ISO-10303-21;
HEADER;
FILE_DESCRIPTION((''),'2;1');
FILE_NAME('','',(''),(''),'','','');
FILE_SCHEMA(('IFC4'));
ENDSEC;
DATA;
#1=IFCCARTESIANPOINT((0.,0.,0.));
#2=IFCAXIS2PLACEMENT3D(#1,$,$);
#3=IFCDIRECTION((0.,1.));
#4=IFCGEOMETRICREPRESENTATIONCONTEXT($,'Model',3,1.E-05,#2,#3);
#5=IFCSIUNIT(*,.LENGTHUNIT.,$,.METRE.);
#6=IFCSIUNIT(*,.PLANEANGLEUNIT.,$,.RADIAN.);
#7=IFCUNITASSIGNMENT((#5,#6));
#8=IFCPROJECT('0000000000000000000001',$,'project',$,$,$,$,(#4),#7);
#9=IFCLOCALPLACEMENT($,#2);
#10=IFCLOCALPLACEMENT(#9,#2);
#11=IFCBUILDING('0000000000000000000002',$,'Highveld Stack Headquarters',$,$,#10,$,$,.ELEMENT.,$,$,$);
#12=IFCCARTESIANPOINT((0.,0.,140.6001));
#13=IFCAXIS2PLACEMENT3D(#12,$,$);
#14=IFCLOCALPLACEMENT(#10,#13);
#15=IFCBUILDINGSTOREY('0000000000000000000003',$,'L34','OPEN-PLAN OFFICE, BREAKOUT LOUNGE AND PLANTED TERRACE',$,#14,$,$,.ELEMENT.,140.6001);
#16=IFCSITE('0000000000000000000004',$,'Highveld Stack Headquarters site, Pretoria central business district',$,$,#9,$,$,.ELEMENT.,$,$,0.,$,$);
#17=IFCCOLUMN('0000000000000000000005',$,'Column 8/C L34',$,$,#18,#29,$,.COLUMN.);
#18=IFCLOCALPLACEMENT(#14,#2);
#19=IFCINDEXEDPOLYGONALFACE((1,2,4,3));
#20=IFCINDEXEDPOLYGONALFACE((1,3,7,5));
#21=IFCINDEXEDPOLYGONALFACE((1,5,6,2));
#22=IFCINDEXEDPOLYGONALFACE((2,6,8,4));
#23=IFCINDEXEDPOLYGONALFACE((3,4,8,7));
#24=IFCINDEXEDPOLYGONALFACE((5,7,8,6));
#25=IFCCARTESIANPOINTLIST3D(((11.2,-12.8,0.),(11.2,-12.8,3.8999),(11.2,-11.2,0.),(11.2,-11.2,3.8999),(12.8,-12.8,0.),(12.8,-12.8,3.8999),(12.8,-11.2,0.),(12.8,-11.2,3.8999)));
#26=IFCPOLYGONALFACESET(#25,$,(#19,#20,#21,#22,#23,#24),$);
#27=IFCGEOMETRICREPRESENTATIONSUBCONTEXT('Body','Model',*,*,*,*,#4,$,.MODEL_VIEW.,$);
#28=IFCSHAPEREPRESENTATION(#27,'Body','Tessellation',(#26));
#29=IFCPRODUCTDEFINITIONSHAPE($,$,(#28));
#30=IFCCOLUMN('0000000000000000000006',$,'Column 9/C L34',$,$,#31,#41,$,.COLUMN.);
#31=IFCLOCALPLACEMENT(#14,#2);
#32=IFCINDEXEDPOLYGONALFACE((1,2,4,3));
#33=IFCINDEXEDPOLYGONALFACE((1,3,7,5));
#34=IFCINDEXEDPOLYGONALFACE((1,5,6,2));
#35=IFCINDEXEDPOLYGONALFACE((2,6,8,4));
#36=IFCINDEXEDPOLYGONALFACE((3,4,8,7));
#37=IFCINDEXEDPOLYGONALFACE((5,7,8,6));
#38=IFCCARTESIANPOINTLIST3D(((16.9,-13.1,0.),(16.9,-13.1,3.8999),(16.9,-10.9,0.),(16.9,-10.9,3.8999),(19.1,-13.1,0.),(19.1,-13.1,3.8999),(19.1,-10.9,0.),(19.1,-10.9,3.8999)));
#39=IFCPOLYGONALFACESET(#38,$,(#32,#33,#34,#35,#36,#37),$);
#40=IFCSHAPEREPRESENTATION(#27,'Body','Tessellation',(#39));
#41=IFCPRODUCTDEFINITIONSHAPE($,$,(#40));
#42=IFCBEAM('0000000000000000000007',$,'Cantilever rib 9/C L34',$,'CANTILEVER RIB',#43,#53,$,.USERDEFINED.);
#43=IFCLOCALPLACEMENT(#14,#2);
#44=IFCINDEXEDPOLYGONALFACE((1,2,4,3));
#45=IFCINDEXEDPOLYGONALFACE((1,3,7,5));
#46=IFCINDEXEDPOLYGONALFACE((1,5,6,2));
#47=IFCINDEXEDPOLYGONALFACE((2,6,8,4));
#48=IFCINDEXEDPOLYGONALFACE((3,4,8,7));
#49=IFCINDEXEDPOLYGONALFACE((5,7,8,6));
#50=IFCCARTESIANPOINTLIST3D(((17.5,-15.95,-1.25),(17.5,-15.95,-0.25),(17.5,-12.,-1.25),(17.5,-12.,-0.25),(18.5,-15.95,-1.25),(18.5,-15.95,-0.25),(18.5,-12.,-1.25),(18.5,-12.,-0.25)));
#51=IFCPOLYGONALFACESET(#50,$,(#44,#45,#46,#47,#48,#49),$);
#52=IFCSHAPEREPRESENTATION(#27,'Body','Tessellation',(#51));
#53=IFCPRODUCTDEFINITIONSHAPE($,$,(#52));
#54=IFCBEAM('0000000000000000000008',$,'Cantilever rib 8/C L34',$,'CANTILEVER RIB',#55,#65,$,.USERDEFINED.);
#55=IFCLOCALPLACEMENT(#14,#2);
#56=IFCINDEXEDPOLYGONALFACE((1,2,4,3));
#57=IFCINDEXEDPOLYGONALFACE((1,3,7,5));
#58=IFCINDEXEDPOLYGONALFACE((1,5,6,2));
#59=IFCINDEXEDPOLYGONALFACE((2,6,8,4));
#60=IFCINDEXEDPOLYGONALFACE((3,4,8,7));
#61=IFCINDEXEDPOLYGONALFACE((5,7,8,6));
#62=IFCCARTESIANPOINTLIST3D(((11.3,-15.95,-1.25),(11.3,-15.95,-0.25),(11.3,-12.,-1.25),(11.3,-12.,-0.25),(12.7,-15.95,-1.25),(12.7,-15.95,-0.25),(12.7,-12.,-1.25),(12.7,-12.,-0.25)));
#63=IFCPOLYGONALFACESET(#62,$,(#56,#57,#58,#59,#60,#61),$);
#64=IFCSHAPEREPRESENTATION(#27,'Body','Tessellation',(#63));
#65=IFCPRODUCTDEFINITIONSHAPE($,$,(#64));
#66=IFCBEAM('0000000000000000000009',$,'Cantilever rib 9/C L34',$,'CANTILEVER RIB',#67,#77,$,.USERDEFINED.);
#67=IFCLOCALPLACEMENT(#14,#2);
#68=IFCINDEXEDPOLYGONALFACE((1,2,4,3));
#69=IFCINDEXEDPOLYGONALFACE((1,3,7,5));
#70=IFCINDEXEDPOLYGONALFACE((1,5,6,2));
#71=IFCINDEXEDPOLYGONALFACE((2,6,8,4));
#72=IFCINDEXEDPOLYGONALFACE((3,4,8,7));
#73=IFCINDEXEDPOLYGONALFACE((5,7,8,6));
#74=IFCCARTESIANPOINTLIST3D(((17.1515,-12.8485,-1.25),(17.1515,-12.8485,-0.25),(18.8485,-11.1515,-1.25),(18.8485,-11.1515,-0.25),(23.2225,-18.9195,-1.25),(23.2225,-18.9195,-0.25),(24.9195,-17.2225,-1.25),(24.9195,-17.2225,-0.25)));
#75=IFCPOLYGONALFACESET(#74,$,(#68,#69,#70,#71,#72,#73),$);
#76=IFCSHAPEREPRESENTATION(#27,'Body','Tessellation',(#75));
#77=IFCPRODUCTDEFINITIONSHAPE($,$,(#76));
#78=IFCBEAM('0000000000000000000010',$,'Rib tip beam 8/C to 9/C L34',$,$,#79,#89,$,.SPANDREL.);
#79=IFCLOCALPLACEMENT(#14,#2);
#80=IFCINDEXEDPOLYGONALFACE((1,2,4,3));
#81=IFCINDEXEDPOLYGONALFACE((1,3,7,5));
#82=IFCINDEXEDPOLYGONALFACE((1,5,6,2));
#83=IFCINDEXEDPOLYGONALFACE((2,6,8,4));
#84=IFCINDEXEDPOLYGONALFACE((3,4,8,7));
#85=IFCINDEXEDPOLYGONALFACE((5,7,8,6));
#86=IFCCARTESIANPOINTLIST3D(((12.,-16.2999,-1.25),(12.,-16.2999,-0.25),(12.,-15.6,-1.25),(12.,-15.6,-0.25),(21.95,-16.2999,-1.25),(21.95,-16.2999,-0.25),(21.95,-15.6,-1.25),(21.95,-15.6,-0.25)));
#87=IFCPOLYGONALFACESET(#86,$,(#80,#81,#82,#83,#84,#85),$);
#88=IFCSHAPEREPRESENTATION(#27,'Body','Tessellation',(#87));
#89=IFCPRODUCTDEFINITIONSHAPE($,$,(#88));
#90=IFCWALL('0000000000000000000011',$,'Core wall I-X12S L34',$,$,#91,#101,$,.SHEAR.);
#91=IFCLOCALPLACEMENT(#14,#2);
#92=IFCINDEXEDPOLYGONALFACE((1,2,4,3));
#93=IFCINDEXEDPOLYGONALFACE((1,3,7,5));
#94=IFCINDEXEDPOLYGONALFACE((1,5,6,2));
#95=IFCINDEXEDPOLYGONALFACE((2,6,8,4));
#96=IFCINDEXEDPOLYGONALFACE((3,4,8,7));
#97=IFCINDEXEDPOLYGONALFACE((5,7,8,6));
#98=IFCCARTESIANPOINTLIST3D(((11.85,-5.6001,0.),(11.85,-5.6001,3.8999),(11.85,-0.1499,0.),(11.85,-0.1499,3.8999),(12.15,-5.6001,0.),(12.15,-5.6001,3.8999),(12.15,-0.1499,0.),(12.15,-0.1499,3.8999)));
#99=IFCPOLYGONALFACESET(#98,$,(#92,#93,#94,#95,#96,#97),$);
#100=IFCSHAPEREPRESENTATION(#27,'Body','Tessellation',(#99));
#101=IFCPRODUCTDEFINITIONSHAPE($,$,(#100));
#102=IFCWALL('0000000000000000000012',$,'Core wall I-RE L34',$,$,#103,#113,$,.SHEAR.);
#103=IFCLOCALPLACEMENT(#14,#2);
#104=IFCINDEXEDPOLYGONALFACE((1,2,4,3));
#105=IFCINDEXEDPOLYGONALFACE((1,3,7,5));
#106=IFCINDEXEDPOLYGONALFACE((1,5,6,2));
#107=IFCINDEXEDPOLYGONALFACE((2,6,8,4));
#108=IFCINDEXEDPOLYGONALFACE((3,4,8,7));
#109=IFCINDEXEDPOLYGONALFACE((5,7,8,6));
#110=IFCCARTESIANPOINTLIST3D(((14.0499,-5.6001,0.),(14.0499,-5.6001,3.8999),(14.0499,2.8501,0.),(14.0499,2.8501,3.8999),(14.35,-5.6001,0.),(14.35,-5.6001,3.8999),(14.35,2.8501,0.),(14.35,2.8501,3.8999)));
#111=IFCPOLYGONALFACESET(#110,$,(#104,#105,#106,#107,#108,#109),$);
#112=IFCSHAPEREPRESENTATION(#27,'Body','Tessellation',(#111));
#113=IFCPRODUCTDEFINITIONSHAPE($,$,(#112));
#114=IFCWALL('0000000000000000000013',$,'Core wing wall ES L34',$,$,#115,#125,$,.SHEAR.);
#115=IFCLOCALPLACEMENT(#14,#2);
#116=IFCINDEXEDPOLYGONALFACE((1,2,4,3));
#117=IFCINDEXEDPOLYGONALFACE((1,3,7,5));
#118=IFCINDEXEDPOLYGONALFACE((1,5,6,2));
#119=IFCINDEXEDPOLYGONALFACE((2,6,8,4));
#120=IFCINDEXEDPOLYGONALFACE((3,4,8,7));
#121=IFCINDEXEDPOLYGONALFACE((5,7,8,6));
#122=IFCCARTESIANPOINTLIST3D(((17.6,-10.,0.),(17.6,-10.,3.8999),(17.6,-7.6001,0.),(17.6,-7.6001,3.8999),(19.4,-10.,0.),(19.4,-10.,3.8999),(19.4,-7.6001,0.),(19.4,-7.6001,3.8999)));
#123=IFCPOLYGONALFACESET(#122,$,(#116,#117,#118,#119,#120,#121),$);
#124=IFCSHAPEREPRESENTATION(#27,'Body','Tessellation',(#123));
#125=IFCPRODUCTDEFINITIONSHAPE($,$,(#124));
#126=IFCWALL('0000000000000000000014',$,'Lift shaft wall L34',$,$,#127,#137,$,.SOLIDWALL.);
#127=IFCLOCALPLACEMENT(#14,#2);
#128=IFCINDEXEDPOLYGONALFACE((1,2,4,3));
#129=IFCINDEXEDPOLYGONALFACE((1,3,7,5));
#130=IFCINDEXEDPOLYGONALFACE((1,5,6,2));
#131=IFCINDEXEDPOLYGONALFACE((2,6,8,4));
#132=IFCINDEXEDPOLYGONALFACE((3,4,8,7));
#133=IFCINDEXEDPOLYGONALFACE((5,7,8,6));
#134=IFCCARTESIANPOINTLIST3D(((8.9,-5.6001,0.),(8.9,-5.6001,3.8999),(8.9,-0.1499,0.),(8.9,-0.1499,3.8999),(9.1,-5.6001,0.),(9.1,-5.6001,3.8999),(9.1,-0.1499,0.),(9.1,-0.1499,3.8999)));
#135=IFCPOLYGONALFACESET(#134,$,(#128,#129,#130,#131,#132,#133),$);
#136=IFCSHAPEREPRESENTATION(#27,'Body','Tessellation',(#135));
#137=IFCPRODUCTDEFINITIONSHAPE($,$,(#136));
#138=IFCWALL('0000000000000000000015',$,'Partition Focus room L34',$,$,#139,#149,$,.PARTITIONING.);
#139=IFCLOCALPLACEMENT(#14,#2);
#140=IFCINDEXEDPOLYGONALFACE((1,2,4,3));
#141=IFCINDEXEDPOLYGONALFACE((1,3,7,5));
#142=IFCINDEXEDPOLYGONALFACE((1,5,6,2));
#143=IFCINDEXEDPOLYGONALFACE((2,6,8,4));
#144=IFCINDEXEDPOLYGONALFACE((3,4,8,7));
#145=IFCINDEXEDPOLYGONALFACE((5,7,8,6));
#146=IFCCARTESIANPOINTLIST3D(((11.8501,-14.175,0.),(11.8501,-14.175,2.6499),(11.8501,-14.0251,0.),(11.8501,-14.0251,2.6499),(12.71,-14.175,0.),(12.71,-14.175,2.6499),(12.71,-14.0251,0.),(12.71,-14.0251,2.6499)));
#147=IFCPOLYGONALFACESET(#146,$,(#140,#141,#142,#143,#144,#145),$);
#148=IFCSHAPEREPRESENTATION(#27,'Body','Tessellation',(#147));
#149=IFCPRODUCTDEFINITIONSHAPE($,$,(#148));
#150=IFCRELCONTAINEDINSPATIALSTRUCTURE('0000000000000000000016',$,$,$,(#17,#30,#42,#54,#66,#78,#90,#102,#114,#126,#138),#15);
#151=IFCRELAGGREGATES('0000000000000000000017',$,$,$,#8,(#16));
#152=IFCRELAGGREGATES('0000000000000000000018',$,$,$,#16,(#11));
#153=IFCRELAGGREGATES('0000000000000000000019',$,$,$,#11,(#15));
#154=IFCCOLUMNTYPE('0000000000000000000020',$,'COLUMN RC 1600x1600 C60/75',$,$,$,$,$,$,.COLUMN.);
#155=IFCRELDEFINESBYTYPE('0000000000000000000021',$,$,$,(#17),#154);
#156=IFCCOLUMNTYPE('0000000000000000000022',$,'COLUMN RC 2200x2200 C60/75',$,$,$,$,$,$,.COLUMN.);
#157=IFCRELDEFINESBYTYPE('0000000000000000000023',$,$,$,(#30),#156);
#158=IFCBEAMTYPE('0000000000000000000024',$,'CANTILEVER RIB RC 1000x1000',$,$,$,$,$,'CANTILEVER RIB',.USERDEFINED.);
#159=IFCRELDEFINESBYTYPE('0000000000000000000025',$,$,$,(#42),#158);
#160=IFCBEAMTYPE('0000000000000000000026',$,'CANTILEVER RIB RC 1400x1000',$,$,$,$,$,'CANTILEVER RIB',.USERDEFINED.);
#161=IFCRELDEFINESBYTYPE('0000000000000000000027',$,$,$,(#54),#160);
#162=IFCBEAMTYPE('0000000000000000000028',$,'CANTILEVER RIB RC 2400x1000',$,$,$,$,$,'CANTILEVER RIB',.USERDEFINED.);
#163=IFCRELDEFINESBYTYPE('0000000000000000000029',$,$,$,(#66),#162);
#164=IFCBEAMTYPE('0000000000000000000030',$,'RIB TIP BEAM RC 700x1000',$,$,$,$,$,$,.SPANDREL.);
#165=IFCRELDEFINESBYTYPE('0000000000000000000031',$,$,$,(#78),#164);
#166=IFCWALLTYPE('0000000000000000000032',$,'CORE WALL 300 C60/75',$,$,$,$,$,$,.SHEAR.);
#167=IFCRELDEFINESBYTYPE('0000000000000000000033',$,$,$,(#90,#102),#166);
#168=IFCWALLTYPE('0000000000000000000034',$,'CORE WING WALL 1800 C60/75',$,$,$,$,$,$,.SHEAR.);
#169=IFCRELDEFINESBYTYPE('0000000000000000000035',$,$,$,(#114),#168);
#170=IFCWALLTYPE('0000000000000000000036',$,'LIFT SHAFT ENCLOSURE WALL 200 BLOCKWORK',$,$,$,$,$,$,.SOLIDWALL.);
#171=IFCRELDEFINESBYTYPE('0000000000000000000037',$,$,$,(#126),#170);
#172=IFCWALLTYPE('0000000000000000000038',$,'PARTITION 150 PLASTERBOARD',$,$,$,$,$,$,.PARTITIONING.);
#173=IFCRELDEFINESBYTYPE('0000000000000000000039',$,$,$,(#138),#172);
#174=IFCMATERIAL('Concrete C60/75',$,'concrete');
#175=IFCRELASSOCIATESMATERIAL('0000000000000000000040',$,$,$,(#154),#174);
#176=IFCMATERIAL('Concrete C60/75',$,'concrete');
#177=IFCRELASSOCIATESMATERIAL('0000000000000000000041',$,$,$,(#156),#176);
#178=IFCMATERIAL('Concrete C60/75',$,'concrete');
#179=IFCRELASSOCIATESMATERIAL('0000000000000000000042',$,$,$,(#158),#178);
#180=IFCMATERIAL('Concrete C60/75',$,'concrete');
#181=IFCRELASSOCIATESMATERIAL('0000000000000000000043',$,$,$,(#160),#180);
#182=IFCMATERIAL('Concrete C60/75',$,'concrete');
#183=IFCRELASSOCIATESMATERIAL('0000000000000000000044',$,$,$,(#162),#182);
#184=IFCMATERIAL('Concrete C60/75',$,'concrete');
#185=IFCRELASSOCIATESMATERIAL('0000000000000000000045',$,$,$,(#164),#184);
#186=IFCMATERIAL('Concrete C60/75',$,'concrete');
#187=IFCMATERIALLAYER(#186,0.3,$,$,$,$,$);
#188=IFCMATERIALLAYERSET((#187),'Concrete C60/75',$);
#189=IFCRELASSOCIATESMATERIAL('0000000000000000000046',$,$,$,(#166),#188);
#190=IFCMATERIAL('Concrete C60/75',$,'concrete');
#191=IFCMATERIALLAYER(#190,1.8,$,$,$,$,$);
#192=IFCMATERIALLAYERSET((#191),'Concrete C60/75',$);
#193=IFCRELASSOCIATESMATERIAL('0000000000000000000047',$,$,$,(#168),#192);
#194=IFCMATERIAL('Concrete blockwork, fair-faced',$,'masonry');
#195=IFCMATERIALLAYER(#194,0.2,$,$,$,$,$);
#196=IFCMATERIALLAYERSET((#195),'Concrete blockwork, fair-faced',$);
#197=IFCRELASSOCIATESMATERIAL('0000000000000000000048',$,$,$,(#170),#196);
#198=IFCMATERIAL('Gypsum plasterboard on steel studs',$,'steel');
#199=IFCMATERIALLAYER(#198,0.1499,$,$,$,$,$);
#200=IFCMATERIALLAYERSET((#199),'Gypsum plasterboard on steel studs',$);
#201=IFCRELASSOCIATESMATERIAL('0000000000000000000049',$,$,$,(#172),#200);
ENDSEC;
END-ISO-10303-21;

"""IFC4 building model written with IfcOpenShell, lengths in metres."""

from ifc_helpers import new_model, si_unit, direction, frame, frame_2d, origin, origin_2d, place, context, subcontext, project, spatial, rectangle, extrude, material, layer, layer_set, material_profile, profile_set, type_object, element, save


model = new_model("IFC4")

# Units and contexts
model_context = context("Model", 3, precision=1e-05, world=origin(), true_north=direction((0.0, 1.0)))
body_context = subcontext(model_context, "Body", "Model", "MODEL_VIEW")
ifc_project = project(units=[si_unit("LENGTHUNIT", "METRE"), si_unit("PLANEANGLEUNIT", "RADIAN")], contexts=[model_context])

# Site, building, storey
site_placement = place(None, origin())
site = spatial("IfcSite", under=ifc_project, at=site_placement, Name="Highveld Stack Headquarters site, Pretoria central business district", CompositionType="ELEMENT", RefElevation=0.0)
building_placement = place(site_placement, origin())
building = spatial("IfcBuilding", under=site, at=building_placement, Name="Highveld Stack Headquarters", CompositionType="ELEMENT")
storey_placement = place(building_placement, frame((0.0, 0.0, 140.6001)))
storey = spatial("IfcBuildingStorey", under=building, at=storey_placement, Name="L34", Description="OPEN-PLAN OFFICE, BREAKOUT LOUNGE AND PLANTED TERRACE", CompositionType="ELEMENT", Elevation=140.6001)

# Columns
ifc_material_1 = material(Name="Concrete C60/75", Category="concrete")
ifc_material_profile_1 = material_profile(ifc_material_1, rectangle(XDim=1.6001, YDim=1.6001, at=origin_2d()), Name="RC 1600x1600")
ifc_profile_set_1 = profile_set([ifc_material_profile_1], Name="Concrete C60/75")
column_type_1 = type_object("IfcColumnType", Name="COLUMN RC 1600x1600 C60/75", PredefinedType="COLUMN", material=ifc_profile_set_1)
column_1_placement = place(storey_placement, frame((12.0, -12.0, 0.0), z_axis=(0.0, 0.0, 1.0), x_axis=(1.0, 0.0, 0.0)))
element("IfcColumn", 1, at=column_1_placement, inside=storey, type_object=column_type_1, Name="Column 8/C L34", PredefinedType="COLUMN", context=body_context, shape_type="SweptSolid", body=[
    extrude(rectangle(XDim=1.6001, YDim=1.6001, at=origin_2d()), origin(), (0.0, 0.0, 1.0), 3.8999),
])
ifc_material_2 = material(Name="Concrete C60/75", Category="concrete")
ifc_material_profile_2 = material_profile(ifc_material_2, rectangle(XDim=2.2, YDim=2.2, at=origin_2d()), Name="RC 2200x2200")
ifc_profile_set_2 = profile_set([ifc_material_profile_2], Name="Concrete C60/75")
column_type_2 = type_object("IfcColumnType", Name="COLUMN RC 2200x2200 C60/75", PredefinedType="COLUMN", material=ifc_profile_set_2)
column_2_placement = place(storey_placement, frame((18.0, -12.0, 0.0), z_axis=(0.0, 0.0, 1.0), x_axis=(1.0, 0.0, 0.0)))
element("IfcColumn", 2, at=column_2_placement, inside=storey, type_object=column_type_2, Name="Column 9/C L34", PredefinedType="COLUMN", context=body_context, shape_type="SweptSolid", body=[
    extrude(rectangle(XDim=2.2, YDim=2.2, at=origin_2d()), origin(), (0.0, 0.0, 1.0), 3.8999),
])

# Beams
ifc_material_3 = material(Name="Concrete C60/75", Category="concrete")
ifc_material_profile_3 = material_profile(ifc_material_3, rectangle(XDim=1.0, YDim=1.0, at=origin_2d()), Name="RC 1000x1000")
ifc_profile_set_3 = profile_set([ifc_material_profile_3], Name="Concrete C60/75")
beam_type_1 = type_object("IfcBeamType", Name="CANTILEVER RIB RC 1000x1000", ElementType="CANTILEVER RIB", PredefinedType="USERDEFINED", material=ifc_profile_set_3)
beam_1_placement = place(storey_placement, frame((18.0, -12.0, -0.75), z_axis=(0.0, -1.0, 0.0), x_axis=(1.0, 0.0, 0.0)))
element("IfcBeam", 3, at=beam_1_placement, inside=storey, type_object=beam_type_1, Name="Cantilever rib 9/C L34", ObjectType="CANTILEVER RIB", PredefinedType="USERDEFINED", context=body_context, shape_type="SweptSolid", body=[
    extrude(rectangle(XDim=1.0, YDim=1.0, at=origin_2d()), origin(), (0.0, 0.0, 1.0), 3.95),
])
ifc_material_4 = material(Name="Concrete C60/75", Category="concrete")
ifc_material_profile_4 = material_profile(ifc_material_4, rectangle(XDim=1.3999, YDim=1.0, at=origin_2d()), Name="RC 1400x1000")
ifc_profile_set_4 = profile_set([ifc_material_profile_4], Name="Concrete C60/75")
beam_type_2 = type_object("IfcBeamType", Name="CANTILEVER RIB RC 1400x1000", ElementType="CANTILEVER RIB", PredefinedType="USERDEFINED", material=ifc_profile_set_4)
beam_2_placement = place(storey_placement, frame((12.0, -12.0, -0.75), z_axis=(0.0, -1.0, 0.0), x_axis=(1.0, 0.0, 0.0)))
element("IfcBeam", 4, at=beam_2_placement, inside=storey, type_object=beam_type_2, Name="Cantilever rib 8/C L34", ObjectType="CANTILEVER RIB", PredefinedType="USERDEFINED", context=body_context, shape_type="SweptSolid", body=[
    extrude(rectangle(XDim=1.3999, YDim=1.0, at=origin_2d()), origin(), (0.0, 0.0, 1.0), 3.95),
])
ifc_material_5 = material(Name="Concrete C60/75", Category="concrete")
ifc_material_profile_5 = material_profile(ifc_material_5, rectangle(XDim=2.3999, YDim=1.0, at=origin_2d()), Name="RC 2400x1000")
ifc_profile_set_5 = profile_set([ifc_material_profile_5], Name="Concrete C60/75")
beam_type_3 = type_object("IfcBeamType", Name="CANTILEVER RIB RC 2400x1000", ElementType="CANTILEVER RIB", PredefinedType="USERDEFINED", material=ifc_profile_set_5)
beam_3_placement = place(storey_placement, frame((18.0, -12.0, -0.75), z_axis=(0.707107, -0.707107, 0.0), x_axis=(0.707107, 0.707107, 0.0)))
element("IfcBeam", 5, at=beam_3_placement, inside=storey, type_object=beam_type_3, Name="Cantilever rib 9/C L34", ObjectType="CANTILEVER RIB", PredefinedType="USERDEFINED", context=body_context, shape_type="SweptSolid", body=[
    extrude(rectangle(XDim=2.3999, YDim=1.0, at=origin_2d()), origin(), (0.0, 0.0, 1.0), 8.5857),
])
ifc_material_6 = material(Name="Concrete C60/75", Category="concrete")
ifc_material_profile_6 = material_profile(ifc_material_6, rectangle(XDim=0.7, YDim=1.0, at=origin_2d()), Name="RC 700x1000")
ifc_profile_set_6 = profile_set([ifc_material_profile_6], Name="Concrete C60/75")
beam_type_4 = type_object("IfcBeamType", Name="RIB TIP BEAM RC 700x1000", PredefinedType="SPANDREL", material=ifc_profile_set_6)
beam_4_placement = place(storey_placement, frame((12.0, -15.95, -0.75), z_axis=(1.0, 0.0, 0.0), x_axis=(0.0, 1.0, 0.0)))
element("IfcBeam", 6, at=beam_4_placement, inside=storey, type_object=beam_type_4, Name="Rib tip beam 8/C to 9/C L34", PredefinedType="SPANDREL", context=body_context, shape_type="SweptSolid", body=[
    extrude(rectangle(XDim=0.7, YDim=1.0, at=origin_2d()), origin(), (0.0, 0.0, 1.0), 9.95),
])

# Walls
ifc_material_7 = material(Name="Concrete C60/75", Category="concrete")
ifc_layer_1 = layer(ifc_material_7, 0.3)
ifc_layer_set_1 = layer_set([ifc_layer_1], Name="Concrete C60/75")
wall_type_1 = type_object("IfcWallType", Name="CORE WALL 300 C60/75", PredefinedType="SHEAR", material=ifc_layer_set_1)
wall_1_placement = place(storey_placement, frame((12.0, -5.6001, 0.0), z_axis=(0.0, 0.0, 1.0), x_axis=(0.0, 1.0, 0.0)))
element("IfcWall", 7, at=wall_1_placement, inside=storey, type_object=wall_type_1, Name="Core wall I-X12S L34", PredefinedType="SHEAR", context=body_context, shape_type="SweptSolid", body=[
    extrude(rectangle(XDim=5.4502, YDim=0.3, at=frame_2d((2.7251, 0.0))), origin(), (0.0, 0.0, 1.0), 3.8999),
])
wall_2_placement = place(storey_placement, frame((14.2, -5.6001, 0.0), z_axis=(0.0, 0.0, 1.0), x_axis=(0.0, 1.0, 0.0)))
element("IfcWall", 8, at=wall_2_placement, inside=storey, type_object=wall_type_1, Name="Core wall I-RE L34", PredefinedType="SHEAR", context=body_context, shape_type="SweptSolid", body=[
    extrude(rectangle(XDim=8.4502, YDim=0.3, at=frame_2d((4.2251, 0.0))), origin(), (0.0, 0.0, 1.0), 3.8999),
])
ifc_material_8 = material(Name="Concrete C60/75", Category="concrete")
ifc_layer_2 = layer(ifc_material_8, 1.8)
ifc_layer_set_2 = layer_set([ifc_layer_2], Name="Concrete C60/75")
wall_type_2 = type_object("IfcWallType", Name="CORE WING WALL 1800 C60/75", PredefinedType="SHEAR", material=ifc_layer_set_2)
wall_3_placement = place(storey_placement, frame((18.5, -10.0, 0.0), z_axis=(0.0, 0.0, 1.0), x_axis=(0.0, 1.0, 0.0)))
element("IfcWall", 9, at=wall_3_placement, inside=storey, type_object=wall_type_2, Name="Core wing wall ES L34", PredefinedType="SHEAR", context=body_context, shape_type="SweptSolid", body=[
    extrude(rectangle(XDim=2.3999, YDim=1.8, at=frame_2d((1.2, 0.0))), origin(), (0.0, 0.0, 1.0), 3.8999),
])
ifc_material_9 = material(Name="Concrete blockwork, fair-faced", Category="masonry")
ifc_layer_3 = layer(ifc_material_9, 0.2)
ifc_layer_set_3 = layer_set([ifc_layer_3], Name="Concrete blockwork, fair-faced")
wall_type_3 = type_object("IfcWallType", Name="LIFT SHAFT ENCLOSURE WALL 200 BLOCKWORK", PredefinedType="SOLIDWALL", material=ifc_layer_set_3)
wall_4_placement = place(storey_placement, frame((9.0, -5.6001, 0.0), z_axis=(0.0, 0.0, 1.0), x_axis=(0.0, 1.0, 0.0)))
element("IfcWall", 10, at=wall_4_placement, inside=storey, type_object=wall_type_3, Name="Lift shaft wall L34", PredefinedType="SOLIDWALL", context=body_context, shape_type="SweptSolid", body=[
    extrude(rectangle(XDim=5.4502, YDim=0.2, at=frame_2d((2.7251, 0.0))), origin(), (0.0, 0.0, 1.0), 3.8999),
])
ifc_material_10 = material(Name="Gypsum plasterboard on steel studs", Category="steel")
ifc_layer_4 = layer(ifc_material_10, 0.1499)
ifc_layer_set_4 = layer_set([ifc_layer_4], Name="Gypsum plasterboard on steel studs")
wall_type_4 = type_object("IfcWallType", Name="PARTITION 150 PLASTERBOARD", PredefinedType="PARTITIONING", material=ifc_layer_set_4)
wall_5_placement = place(storey_placement, frame((11.8501, -14.1001, 0.0), z_axis=(0.0, 0.0, 1.0), x_axis=(1.0, 0.0, 0.0)))
element("IfcWall", 11, at=wall_5_placement, inside=storey, type_object=wall_type_4, Name="Partition Focus room L34", PredefinedType="PARTITIONING", context=body_context, shape_type="SweptSolid", body=[
    extrude(rectangle(XDim=0.8599, YDim=0.1499, at=frame_2d((0.4299, 0.0))), origin(), (0.0, 0.0, 1.0), 2.6499),
])

save(model, "model.ifc")
